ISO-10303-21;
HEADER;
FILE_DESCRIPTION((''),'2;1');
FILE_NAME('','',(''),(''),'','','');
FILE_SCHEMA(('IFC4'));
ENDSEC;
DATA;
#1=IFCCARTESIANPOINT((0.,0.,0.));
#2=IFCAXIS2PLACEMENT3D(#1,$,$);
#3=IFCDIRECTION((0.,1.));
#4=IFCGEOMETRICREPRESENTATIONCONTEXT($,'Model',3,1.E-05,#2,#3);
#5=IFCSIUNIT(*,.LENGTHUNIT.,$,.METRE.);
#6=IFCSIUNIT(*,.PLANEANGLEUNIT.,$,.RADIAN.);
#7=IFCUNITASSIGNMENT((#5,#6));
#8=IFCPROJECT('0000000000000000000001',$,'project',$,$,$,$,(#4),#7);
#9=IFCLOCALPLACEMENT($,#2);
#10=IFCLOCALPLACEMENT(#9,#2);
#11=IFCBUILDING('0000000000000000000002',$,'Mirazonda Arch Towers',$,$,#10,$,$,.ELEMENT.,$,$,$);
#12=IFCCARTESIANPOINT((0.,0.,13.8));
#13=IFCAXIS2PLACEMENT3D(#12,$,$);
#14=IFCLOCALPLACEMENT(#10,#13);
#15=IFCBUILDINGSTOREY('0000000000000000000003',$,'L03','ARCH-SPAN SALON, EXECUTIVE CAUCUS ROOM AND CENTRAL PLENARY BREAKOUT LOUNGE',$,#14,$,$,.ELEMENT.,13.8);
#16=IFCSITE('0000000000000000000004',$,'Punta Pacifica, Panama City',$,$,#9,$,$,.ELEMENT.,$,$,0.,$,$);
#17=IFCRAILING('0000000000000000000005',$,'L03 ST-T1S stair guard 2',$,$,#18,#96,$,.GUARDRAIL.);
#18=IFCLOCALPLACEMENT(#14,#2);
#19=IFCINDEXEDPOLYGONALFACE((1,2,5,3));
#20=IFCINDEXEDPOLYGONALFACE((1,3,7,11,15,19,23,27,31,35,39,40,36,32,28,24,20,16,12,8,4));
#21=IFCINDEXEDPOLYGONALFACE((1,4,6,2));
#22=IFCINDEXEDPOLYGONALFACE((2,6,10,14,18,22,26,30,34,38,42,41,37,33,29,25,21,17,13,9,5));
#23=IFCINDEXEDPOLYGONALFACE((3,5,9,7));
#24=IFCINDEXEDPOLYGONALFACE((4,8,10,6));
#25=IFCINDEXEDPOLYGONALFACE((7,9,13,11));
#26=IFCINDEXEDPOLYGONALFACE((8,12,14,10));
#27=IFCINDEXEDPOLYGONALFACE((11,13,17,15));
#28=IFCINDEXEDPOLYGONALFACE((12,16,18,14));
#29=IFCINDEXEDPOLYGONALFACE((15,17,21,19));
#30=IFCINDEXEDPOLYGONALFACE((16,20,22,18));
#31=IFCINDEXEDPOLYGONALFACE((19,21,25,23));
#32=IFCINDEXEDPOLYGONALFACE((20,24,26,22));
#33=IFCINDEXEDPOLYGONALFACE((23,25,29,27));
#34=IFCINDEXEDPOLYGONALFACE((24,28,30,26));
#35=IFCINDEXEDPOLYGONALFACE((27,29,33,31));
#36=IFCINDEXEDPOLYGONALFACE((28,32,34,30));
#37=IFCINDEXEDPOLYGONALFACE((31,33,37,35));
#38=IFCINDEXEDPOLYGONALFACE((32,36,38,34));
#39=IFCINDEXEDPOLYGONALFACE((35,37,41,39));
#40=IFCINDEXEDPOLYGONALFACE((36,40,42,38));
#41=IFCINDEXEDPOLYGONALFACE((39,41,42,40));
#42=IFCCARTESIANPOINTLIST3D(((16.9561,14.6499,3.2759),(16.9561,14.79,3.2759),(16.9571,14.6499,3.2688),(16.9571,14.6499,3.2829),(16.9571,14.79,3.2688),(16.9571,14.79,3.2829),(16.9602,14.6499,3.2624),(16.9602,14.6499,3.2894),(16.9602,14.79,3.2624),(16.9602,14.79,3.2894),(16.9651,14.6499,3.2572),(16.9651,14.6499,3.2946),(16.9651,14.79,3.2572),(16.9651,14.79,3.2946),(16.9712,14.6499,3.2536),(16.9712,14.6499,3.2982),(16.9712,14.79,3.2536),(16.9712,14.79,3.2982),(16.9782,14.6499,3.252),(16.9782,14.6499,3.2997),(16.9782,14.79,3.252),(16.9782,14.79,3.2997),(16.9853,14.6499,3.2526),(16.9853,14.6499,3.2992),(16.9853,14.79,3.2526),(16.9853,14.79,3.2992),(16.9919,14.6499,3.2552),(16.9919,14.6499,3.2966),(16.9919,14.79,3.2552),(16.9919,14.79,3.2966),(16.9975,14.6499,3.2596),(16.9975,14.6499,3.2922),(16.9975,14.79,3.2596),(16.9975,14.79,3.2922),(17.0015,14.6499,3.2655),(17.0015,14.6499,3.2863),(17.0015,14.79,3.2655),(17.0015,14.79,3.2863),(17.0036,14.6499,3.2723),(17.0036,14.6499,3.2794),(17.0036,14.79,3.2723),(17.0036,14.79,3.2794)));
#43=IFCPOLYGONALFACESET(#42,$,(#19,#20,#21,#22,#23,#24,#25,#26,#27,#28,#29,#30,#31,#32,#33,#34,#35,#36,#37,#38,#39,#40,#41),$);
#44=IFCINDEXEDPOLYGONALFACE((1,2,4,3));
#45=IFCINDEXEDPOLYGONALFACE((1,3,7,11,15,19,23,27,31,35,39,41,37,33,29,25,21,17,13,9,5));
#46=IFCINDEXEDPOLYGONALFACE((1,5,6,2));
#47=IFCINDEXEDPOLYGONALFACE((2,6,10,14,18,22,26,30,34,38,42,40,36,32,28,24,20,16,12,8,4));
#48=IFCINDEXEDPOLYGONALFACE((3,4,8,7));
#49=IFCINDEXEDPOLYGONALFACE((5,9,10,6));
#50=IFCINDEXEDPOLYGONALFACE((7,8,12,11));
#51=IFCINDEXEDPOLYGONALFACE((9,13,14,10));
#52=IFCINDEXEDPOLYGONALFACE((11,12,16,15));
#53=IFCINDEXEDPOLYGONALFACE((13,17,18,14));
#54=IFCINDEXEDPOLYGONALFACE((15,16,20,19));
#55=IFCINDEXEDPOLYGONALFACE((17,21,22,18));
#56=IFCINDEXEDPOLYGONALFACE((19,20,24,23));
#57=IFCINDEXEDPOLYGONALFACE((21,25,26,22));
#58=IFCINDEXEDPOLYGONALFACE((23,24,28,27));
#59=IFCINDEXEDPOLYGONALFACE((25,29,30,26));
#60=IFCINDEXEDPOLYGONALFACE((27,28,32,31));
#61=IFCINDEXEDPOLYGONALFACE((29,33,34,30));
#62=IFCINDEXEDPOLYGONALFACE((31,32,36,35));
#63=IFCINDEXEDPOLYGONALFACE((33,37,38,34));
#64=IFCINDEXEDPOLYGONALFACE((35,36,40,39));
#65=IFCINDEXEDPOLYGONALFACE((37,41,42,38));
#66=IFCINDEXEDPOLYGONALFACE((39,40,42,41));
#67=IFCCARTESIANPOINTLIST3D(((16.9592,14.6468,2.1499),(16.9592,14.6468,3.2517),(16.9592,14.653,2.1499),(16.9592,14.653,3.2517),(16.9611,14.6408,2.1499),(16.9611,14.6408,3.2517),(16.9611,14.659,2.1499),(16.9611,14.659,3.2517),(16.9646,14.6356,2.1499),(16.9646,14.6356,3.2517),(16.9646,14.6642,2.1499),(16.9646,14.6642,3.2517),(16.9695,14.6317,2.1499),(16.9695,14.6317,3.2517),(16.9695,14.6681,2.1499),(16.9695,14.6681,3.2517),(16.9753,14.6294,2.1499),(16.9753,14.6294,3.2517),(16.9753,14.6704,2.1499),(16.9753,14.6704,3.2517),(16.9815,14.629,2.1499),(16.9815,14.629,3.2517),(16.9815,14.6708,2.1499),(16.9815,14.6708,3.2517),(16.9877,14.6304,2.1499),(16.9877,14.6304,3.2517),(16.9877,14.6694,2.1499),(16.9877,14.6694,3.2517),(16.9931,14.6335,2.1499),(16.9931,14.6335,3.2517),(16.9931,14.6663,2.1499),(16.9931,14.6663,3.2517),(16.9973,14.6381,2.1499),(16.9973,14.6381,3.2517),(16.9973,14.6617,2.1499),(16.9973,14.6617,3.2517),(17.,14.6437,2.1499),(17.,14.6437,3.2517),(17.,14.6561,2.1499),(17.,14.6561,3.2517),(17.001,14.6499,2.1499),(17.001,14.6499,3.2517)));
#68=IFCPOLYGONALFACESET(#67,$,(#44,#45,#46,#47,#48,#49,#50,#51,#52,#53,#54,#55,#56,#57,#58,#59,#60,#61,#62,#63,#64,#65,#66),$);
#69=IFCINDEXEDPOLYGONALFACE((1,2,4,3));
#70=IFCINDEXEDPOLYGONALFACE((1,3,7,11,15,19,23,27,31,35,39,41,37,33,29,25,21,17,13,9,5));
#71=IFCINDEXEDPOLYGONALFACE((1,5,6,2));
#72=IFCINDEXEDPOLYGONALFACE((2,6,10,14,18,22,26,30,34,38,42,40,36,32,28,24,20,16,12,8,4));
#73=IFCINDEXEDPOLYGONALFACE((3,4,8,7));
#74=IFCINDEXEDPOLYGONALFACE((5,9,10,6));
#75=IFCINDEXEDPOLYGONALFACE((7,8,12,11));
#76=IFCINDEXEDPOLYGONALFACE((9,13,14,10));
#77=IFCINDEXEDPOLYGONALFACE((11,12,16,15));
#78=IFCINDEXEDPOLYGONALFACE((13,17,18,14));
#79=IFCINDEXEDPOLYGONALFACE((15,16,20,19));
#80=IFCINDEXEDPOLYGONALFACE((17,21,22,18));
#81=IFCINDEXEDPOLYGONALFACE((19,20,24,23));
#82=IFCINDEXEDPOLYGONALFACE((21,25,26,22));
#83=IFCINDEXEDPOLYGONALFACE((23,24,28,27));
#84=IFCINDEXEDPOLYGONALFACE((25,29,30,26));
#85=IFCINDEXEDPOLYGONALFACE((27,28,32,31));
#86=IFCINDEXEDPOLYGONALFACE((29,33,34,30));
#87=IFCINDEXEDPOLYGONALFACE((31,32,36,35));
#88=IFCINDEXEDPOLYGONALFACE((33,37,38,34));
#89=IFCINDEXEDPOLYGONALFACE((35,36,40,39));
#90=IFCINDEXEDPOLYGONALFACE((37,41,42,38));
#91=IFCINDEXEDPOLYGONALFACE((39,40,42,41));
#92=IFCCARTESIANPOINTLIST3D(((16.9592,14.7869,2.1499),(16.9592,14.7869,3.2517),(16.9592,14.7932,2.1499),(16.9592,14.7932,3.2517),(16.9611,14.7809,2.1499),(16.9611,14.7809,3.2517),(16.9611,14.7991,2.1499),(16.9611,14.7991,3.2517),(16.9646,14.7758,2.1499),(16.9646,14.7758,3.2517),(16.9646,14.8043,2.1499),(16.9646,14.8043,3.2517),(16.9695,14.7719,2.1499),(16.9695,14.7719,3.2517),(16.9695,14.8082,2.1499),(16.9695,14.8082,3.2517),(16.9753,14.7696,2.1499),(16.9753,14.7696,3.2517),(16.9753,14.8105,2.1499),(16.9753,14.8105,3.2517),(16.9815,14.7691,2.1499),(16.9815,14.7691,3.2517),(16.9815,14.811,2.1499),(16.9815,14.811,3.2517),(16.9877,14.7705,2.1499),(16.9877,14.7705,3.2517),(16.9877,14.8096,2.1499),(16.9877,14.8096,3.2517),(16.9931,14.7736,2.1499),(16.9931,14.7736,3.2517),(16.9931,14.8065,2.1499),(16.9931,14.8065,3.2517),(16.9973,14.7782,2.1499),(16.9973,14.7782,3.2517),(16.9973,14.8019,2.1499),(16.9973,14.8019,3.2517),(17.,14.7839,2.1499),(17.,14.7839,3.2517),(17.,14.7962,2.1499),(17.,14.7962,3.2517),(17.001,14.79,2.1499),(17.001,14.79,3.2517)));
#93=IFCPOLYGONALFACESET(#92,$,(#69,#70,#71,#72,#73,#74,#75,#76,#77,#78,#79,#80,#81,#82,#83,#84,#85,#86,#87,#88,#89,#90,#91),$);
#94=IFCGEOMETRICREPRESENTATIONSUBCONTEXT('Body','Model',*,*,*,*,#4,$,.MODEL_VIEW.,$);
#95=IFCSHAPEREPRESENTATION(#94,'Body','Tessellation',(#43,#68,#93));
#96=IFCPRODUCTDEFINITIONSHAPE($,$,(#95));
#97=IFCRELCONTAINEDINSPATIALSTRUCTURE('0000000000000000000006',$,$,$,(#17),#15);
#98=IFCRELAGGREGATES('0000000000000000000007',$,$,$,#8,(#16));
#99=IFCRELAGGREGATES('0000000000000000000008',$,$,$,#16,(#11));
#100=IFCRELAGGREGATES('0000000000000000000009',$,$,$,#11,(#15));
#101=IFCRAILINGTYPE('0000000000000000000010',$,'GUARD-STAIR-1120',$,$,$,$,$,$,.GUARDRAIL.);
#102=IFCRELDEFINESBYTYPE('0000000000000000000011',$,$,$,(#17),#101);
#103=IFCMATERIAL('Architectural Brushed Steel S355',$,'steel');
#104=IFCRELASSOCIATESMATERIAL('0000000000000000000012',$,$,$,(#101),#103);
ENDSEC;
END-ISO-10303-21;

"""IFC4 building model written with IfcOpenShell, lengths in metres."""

from ifc_helpers import new_model, si_unit, direction, frame, origin, origin_2d, place, context, subcontext, project, spatial, circle, extrude, material, type_object, element, save


model = new_model("IFC4")

# Units and contexts
model_context = context("Model", 3, precision=1e-05, world=origin(), true_north=direction((0.0, 1.0)))
body_context = subcontext(model_context, "Body", "Model", "MODEL_VIEW")
ifc_project = project(units=[si_unit("LENGTHUNIT", "METRE"), si_unit("PLANEANGLEUNIT", "RADIAN")], contexts=[model_context])

# Site, building, storey
site_placement = place(None, origin())
site = spatial("IfcSite", under=ifc_project, at=site_placement, Name="Punta Pacifica, Panama City", CompositionType="ELEMENT", RefElevation=0.0)
building_placement = place(site_placement, origin())
building = spatial("IfcBuilding", under=site, at=building_placement, Name="Mirazonda Arch Towers", CompositionType="ELEMENT")
storey_placement = place(building_placement, frame((0.0, 0.0, 13.8)))
storey = spatial("IfcBuildingStorey", under=building, at=storey_placement, Name="L03", Description="ARCH-SPAN SALON, EXECUTIVE CAUCUS ROOM AND CENTRAL PLENARY BREAKOUT LOUNGE", CompositionType="ELEMENT", Elevation=13.8)

# Shared definitions
ifc_material_1 = material(Name="Architectural Brushed Steel S355", Category="steel")

# Railing
railing_type_1 = type_object("IfcRailingType", Name="GUARD-STAIR-1120", PredefinedType="GUARDRAIL", material=ifc_material_1)
railing_1_placement = place(storey_placement, frame((16.98, 14.6499, 2.1499)))
element("IfcRailing", 1, at=railing_1_placement, inside=storey, type_object=railing_type_1, Name="L03 ST-T1S stair guard 2", PredefinedType="GUARDRAIL", context=body_context, shape_type="SweptSolid", body=[
    extrude(circle(Radius=0.0239, at=origin_2d()), frame((0.0, 0.0, 1.126), z_axis=(0.0, 1.0, 0.0), x_axis=(-1.0, 0.0, 0.0)), (0.0, 0.0, 1.0), 0.1401),
    extrude(circle(Radius=0.021, at=origin_2d()), origin(), (0.0, 0.0, 1.0), 1.1018),
    extrude(circle(Radius=0.021, at=origin_2d()), frame((0.0, 0.1401, 0.0)), (0.0, 0.0, 1.0), 1.1018),
])

save(model, "model.ifc")
